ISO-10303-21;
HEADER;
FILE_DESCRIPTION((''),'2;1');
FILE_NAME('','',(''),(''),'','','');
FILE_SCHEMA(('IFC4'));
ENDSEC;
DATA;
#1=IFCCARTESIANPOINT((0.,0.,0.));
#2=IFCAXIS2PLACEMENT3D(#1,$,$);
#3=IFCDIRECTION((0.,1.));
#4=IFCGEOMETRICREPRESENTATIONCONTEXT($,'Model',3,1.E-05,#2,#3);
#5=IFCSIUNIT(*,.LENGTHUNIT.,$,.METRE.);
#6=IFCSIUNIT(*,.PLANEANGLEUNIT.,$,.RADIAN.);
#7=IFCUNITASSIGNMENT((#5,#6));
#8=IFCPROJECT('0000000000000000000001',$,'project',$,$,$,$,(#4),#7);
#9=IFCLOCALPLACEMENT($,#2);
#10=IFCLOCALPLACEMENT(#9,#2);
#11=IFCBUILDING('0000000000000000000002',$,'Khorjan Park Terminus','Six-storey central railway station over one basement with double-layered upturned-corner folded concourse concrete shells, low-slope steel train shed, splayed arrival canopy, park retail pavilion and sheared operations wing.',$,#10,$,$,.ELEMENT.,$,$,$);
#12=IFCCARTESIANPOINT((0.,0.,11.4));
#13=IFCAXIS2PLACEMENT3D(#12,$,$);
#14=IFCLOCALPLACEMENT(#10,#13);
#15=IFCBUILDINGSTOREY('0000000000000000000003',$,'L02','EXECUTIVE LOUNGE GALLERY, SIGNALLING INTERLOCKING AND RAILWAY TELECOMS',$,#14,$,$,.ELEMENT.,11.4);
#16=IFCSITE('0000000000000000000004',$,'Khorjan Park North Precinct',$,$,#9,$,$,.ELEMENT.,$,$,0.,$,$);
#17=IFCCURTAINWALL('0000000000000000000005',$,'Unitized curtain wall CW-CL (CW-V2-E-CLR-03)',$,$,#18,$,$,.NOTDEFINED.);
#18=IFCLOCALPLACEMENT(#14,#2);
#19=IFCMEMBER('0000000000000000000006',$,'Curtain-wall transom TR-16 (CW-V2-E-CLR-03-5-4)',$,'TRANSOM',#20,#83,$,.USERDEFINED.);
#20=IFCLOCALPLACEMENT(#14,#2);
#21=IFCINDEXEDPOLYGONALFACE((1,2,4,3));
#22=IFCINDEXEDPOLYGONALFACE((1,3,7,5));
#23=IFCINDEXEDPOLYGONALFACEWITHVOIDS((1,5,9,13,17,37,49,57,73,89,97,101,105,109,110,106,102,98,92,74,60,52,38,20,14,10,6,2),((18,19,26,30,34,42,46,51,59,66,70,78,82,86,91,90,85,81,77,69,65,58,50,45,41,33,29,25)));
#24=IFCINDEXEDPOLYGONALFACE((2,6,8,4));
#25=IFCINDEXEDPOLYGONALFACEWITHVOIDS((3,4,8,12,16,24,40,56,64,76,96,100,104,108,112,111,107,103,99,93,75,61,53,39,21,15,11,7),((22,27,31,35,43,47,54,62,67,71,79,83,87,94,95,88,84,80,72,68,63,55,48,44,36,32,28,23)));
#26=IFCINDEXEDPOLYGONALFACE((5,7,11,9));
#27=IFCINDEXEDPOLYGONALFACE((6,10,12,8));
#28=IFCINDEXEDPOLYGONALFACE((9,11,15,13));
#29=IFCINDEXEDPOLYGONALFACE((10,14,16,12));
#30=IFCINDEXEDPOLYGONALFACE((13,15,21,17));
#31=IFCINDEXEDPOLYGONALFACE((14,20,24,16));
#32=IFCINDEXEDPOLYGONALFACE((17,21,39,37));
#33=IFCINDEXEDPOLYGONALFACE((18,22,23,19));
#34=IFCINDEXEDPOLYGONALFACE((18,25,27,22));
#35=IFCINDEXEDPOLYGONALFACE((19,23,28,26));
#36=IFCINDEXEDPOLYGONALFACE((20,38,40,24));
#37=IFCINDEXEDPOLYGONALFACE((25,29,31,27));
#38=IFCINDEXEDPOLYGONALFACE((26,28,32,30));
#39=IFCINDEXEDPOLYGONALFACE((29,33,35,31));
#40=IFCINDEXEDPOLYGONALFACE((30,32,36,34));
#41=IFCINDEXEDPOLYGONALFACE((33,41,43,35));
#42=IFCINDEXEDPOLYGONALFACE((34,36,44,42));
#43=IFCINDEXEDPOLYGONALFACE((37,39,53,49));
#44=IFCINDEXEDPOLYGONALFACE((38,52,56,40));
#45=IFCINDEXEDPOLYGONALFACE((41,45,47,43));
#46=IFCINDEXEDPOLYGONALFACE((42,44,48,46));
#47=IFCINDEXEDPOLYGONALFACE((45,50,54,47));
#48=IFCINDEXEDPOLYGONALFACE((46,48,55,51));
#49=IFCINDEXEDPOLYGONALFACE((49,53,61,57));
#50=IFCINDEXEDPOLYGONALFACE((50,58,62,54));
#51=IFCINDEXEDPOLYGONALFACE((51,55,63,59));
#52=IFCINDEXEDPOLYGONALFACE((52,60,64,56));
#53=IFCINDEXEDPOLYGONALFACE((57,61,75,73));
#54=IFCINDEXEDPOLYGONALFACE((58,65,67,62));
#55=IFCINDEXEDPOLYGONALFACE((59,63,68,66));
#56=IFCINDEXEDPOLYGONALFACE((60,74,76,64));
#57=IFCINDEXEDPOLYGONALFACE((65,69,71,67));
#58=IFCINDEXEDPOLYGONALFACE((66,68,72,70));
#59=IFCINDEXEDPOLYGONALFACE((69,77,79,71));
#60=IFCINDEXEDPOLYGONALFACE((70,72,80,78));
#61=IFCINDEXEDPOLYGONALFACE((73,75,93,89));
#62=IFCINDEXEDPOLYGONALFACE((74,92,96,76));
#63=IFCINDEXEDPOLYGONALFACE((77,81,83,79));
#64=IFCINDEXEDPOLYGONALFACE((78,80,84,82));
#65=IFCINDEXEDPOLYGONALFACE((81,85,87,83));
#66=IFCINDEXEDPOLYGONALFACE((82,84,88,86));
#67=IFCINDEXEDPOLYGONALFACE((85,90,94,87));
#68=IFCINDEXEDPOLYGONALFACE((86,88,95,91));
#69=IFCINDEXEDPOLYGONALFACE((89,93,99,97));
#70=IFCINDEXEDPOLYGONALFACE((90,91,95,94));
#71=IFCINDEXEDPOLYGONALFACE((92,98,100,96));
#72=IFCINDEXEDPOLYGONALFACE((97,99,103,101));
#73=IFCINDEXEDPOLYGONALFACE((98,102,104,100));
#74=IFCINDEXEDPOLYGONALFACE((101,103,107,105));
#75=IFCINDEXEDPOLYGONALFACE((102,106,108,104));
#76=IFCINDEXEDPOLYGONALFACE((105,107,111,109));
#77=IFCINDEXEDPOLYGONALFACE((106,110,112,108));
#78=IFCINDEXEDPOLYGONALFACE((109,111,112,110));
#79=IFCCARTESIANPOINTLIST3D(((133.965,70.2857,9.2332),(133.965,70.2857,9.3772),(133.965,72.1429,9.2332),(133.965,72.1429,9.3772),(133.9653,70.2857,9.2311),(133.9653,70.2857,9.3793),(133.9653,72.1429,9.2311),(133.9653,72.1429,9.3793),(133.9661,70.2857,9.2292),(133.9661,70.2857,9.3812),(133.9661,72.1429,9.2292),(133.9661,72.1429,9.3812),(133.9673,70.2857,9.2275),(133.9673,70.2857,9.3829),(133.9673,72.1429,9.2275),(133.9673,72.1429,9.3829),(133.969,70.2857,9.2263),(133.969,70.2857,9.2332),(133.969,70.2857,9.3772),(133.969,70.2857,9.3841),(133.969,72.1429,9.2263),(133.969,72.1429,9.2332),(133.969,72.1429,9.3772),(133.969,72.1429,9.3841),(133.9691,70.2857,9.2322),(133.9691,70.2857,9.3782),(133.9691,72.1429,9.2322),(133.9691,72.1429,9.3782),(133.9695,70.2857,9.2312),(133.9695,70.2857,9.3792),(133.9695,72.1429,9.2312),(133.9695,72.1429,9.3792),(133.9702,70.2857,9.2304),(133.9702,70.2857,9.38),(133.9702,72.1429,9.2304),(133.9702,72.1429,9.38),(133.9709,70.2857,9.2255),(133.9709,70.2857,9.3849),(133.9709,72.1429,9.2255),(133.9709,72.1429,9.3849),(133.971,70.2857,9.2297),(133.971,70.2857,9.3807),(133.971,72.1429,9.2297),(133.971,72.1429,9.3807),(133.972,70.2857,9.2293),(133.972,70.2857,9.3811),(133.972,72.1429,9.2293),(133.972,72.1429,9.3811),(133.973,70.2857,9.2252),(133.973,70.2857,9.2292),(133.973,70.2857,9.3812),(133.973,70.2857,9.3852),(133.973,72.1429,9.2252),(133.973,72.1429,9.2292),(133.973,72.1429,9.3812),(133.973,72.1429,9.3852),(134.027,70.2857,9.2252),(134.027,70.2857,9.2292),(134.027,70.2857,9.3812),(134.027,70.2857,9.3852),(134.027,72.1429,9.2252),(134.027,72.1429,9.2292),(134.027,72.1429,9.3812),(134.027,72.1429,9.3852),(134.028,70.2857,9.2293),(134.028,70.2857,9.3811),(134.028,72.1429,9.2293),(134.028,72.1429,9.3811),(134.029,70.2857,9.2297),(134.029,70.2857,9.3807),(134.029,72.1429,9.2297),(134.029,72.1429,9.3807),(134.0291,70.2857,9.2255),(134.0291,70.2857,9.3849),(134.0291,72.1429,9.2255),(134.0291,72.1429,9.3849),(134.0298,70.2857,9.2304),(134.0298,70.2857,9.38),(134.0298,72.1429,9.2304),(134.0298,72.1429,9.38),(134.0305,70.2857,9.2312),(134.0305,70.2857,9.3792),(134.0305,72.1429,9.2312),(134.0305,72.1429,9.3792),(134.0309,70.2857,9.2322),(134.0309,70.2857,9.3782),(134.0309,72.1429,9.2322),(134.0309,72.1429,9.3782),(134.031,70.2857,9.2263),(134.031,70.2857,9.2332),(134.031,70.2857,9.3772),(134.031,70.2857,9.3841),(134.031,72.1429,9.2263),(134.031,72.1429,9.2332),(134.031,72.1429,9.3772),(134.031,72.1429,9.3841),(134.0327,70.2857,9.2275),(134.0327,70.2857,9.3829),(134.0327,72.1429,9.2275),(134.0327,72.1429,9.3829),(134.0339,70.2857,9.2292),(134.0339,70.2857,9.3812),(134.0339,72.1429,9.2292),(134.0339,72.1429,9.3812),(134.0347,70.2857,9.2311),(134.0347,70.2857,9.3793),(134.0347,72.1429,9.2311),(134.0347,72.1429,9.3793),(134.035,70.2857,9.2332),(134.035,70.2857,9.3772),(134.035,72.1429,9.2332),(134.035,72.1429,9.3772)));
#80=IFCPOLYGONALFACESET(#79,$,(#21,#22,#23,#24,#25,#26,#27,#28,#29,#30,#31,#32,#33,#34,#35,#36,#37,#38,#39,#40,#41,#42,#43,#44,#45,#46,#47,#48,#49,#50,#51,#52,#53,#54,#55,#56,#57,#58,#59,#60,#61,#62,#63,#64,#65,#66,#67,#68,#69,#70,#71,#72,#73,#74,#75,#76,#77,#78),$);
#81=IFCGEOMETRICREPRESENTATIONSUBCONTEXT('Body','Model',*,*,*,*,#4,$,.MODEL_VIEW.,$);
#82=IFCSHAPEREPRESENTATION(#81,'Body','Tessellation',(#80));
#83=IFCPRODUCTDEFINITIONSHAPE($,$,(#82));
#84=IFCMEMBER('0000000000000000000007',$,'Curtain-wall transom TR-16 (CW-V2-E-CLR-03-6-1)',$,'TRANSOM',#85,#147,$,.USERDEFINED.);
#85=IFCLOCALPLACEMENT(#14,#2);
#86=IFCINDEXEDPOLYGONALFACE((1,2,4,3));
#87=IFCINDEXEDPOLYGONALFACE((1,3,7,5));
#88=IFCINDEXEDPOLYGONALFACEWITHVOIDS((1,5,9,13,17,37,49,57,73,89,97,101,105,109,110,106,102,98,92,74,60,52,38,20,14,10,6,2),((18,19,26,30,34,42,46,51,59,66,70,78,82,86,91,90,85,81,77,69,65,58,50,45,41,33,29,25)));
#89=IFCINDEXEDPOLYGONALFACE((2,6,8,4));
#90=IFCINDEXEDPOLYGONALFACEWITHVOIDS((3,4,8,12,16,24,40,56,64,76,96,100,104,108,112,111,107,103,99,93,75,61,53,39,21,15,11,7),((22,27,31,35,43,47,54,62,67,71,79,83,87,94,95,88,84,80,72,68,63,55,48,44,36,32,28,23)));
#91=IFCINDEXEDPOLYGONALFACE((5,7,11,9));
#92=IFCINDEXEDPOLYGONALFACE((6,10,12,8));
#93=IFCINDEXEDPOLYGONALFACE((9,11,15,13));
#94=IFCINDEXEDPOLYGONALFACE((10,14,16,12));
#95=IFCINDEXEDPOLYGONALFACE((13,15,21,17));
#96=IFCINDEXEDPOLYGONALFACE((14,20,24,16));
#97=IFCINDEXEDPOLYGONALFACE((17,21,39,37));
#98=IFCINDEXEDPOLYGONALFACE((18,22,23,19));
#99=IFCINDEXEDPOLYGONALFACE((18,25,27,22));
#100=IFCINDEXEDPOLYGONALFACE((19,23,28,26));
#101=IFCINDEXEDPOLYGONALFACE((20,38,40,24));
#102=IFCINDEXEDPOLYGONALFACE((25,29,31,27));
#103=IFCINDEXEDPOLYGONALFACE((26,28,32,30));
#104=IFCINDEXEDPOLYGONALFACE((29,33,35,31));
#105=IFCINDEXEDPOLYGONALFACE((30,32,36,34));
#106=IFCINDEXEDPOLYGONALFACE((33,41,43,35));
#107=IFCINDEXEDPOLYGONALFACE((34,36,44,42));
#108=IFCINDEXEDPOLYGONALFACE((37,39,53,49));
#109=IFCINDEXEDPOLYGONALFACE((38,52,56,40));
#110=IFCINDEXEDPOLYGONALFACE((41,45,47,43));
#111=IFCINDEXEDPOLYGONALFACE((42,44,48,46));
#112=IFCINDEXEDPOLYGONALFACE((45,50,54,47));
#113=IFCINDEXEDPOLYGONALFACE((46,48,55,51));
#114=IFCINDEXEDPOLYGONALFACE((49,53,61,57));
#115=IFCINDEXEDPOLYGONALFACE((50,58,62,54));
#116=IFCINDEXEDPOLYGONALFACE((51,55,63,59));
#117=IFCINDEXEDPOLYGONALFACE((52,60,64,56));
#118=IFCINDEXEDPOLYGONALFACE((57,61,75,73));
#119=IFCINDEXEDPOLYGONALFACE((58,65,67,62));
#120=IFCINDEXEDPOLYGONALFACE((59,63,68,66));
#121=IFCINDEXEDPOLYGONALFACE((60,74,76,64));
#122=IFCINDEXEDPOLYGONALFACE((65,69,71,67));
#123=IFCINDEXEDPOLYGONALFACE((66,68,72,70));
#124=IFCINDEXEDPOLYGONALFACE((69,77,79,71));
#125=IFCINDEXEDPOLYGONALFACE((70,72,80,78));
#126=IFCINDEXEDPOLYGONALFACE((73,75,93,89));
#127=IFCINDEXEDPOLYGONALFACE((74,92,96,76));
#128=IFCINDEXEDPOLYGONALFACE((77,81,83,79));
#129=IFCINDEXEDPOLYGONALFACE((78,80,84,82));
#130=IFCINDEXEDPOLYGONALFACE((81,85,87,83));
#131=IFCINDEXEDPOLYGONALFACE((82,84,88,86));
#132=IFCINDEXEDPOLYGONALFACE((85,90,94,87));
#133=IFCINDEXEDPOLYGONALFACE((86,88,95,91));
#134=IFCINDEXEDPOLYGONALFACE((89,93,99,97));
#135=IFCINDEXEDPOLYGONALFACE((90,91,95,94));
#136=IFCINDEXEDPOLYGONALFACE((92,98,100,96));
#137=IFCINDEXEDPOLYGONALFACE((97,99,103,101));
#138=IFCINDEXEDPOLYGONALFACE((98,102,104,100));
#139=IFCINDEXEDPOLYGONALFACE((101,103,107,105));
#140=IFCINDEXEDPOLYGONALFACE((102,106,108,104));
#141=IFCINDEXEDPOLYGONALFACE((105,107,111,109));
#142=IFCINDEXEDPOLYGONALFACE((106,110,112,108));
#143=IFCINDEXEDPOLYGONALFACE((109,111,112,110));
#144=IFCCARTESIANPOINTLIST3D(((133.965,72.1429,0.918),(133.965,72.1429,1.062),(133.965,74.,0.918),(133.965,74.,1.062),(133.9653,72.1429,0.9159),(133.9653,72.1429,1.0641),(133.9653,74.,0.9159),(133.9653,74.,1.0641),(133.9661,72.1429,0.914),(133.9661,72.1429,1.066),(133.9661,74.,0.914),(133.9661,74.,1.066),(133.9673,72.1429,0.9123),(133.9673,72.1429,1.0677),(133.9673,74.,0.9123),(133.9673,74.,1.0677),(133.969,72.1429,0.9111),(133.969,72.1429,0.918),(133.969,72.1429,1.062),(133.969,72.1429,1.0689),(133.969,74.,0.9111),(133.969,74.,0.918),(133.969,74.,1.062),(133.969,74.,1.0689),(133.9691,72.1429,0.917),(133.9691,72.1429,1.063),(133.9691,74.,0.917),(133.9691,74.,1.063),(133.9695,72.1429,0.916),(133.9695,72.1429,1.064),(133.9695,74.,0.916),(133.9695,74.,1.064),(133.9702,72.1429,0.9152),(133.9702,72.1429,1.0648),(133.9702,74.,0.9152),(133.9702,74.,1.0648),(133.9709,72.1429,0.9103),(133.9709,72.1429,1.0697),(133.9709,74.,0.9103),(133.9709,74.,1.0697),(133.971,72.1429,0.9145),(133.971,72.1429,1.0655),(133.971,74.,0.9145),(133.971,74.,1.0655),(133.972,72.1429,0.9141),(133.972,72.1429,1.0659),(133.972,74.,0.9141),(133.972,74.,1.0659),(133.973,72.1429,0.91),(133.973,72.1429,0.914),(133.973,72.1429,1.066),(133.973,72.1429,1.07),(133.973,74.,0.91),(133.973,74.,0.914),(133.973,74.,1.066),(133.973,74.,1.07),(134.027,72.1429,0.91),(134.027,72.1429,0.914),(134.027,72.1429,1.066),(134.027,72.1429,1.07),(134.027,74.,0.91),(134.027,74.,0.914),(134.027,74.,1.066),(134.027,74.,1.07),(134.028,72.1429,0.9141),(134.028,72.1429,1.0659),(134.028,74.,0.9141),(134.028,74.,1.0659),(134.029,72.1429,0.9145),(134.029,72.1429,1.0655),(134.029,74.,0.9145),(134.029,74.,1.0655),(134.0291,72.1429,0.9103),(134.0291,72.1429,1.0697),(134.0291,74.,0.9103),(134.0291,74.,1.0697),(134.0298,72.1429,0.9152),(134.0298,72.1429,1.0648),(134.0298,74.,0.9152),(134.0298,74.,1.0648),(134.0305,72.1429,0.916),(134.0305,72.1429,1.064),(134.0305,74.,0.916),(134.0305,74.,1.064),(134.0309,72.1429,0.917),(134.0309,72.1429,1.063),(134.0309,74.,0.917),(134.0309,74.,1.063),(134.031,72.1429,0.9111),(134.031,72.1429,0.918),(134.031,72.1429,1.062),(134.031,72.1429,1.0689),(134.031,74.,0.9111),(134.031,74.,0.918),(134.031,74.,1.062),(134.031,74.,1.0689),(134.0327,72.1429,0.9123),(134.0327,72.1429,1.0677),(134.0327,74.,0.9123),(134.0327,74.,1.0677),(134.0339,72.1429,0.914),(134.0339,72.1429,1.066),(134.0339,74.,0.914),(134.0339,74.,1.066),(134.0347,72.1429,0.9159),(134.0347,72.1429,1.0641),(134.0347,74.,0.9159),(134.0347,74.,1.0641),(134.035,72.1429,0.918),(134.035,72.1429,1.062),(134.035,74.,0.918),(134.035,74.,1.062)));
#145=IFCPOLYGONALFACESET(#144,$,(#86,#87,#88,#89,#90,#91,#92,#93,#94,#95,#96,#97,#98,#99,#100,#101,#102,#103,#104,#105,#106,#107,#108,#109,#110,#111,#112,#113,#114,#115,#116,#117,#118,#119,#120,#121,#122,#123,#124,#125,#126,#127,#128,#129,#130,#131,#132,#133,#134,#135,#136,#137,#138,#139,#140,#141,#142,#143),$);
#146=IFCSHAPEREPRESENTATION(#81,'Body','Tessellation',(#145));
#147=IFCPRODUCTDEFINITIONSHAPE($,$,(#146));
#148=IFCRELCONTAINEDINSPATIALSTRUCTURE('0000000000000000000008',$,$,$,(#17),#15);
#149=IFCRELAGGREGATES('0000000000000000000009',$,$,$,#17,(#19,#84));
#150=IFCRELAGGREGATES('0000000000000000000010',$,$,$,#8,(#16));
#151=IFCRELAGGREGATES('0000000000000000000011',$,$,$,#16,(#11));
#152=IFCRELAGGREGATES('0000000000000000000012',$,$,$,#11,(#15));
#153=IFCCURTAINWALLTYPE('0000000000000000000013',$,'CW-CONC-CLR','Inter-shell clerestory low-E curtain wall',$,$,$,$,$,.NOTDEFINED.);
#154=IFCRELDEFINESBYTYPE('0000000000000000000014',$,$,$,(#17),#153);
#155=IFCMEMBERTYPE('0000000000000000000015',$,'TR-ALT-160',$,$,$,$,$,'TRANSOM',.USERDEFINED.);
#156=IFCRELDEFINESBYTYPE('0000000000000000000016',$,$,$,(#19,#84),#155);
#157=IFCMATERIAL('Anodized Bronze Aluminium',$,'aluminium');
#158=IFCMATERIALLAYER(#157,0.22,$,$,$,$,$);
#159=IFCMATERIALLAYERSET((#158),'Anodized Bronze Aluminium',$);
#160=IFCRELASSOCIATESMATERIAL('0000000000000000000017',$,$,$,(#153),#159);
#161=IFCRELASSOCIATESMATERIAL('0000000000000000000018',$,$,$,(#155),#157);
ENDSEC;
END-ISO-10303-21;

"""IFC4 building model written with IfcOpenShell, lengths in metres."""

from ifc_helpers import new_model, si_unit, direction, frame, origin, origin_2d, place, context, subcontext, project, spatial, hollow_rectangle, extrude, material, layer, layer_set, material_profile, profile_set, type_object, element, aggregate, save


model = new_model("IFC4")

# Units and contexts
model_context = context("Model", 3, precision=1e-05, world=origin(), true_north=direction((0.0, 1.0)))
body_context = subcontext(model_context, "Body", "Model", "MODEL_VIEW")
ifc_project = project(units=[si_unit("LENGTHUNIT", "METRE"), si_unit("PLANEANGLEUNIT", "RADIAN")], contexts=[model_context])

# Site, building, storey
site_placement = place(None, origin())
site = spatial("IfcSite", under=ifc_project, at=site_placement, Name="Khorjan Park North Precinct", CompositionType="ELEMENT", RefElevation=0.0)
building_placement = place(site_placement, origin())
building = spatial("IfcBuilding", under=site, at=building_placement, Name="Khorjan Park Terminus", Description="Six-storey central railway station over one basement with double-layered upturned-corner folded concourse concrete shells, low-slope steel train shed, splayed arrival canopy, park retail pavilion and sheared operations wing.", CompositionType="ELEMENT")
storey_placement = place(building_placement, frame((0.0, 0.0, 11.4)))
storey = spatial("IfcBuildingStorey", under=building, at=storey_placement, Name="L02", Description="EXECUTIVE LOUNGE GALLERY, SIGNALLING INTERLOCKING AND RAILWAY TELECOMS", CompositionType="ELEMENT", Elevation=11.4)

# Curtain wall, members
ifc_material_1 = material(Name="Anodized Bronze Aluminium", Category="aluminium")
ifc_layer_1 = layer(ifc_material_1, 0.22)
ifc_layer_set_1 = layer_set([ifc_layer_1], Name="Anodized Bronze Aluminium")
curtain_wall_type = type_object("IfcCurtainWallType", Name="CW-CONC-CLR", Description="Inter-shell clerestory low-E curtain wall", PredefinedType="NOTDEFINED", material=ifc_layer_set_1)
curtain_wall_placement = place(storey_placement, origin())
curtain_wall = element("IfcCurtainWall", 1, at=curtain_wall_placement, inside=storey, type_object=curtain_wall_type, Name="Unitized curtain wall CW-CL (CW-V2-E-CLR-03)", PredefinedType="NOTDEFINED")
ifc_material_profile_1 = material_profile(ifc_material_1, hollow_rectangle(XDim=0.07, YDim=0.16, WallThickness=0.004, InnerFilletRadius=0.004, OuterFilletRadius=0.008, at=origin_2d()), Name="ALT 70x160x4")
ifc_profile_set_1 = profile_set([ifc_material_profile_1], Name="Anodized Bronze Aluminium")
member_type_1 = type_object("IfcMemberType", Name="TR-ALT-160", ElementType="TRANSOM", PredefinedType="USERDEFINED", material=ifc_profile_set_1)
member_1_placement = place(storey_placement, frame((134.0, 70.2857, 9.3052), z_axis=(0.0, 1.0, 0.0), x_axis=(-1.0, 0.0, 0.0)))
member_1 = element("IfcMember", 2, at=member_1_placement, type_object=member_type_1, Name="Curtain-wall transom TR-16 (CW-V2-E-CLR-03-5-4)", ObjectType="TRANSOM", PredefinedType="USERDEFINED", context=body_context, shape_type="SweptSolid", body=[
    extrude(hollow_rectangle(XDim=0.07, YDim=0.16, WallThickness=0.004, InnerFilletRadius=0.004, OuterFilletRadius=0.008, at=origin_2d()), origin(), (0.0, 0.0, 1.0), 1.8572),
])
member_2_placement = place(storey_placement, frame((134.0, 72.1429, 0.99), z_axis=(0.0, 1.0, 0.0), x_axis=(-1.0, 0.0, 0.0)))
member_2 = element("IfcMember", 3, at=member_2_placement, type_object=member_type_1, Name="Curtain-wall transom TR-16 (CW-V2-E-CLR-03-6-1)", ObjectType="TRANSOM", PredefinedType="USERDEFINED", context=body_context, shape_type="SweptSolid", body=[
    extrude(hollow_rectangle(XDim=0.07, YDim=0.16, WallThickness=0.004, InnerFilletRadius=0.004, OuterFilletRadius=0.008, at=origin_2d()), origin(), (0.0, 0.0, 1.0), 1.8571),
])

aggregate(curtain_wall, [member_1, member_2])

save(model, "model.ifc")
